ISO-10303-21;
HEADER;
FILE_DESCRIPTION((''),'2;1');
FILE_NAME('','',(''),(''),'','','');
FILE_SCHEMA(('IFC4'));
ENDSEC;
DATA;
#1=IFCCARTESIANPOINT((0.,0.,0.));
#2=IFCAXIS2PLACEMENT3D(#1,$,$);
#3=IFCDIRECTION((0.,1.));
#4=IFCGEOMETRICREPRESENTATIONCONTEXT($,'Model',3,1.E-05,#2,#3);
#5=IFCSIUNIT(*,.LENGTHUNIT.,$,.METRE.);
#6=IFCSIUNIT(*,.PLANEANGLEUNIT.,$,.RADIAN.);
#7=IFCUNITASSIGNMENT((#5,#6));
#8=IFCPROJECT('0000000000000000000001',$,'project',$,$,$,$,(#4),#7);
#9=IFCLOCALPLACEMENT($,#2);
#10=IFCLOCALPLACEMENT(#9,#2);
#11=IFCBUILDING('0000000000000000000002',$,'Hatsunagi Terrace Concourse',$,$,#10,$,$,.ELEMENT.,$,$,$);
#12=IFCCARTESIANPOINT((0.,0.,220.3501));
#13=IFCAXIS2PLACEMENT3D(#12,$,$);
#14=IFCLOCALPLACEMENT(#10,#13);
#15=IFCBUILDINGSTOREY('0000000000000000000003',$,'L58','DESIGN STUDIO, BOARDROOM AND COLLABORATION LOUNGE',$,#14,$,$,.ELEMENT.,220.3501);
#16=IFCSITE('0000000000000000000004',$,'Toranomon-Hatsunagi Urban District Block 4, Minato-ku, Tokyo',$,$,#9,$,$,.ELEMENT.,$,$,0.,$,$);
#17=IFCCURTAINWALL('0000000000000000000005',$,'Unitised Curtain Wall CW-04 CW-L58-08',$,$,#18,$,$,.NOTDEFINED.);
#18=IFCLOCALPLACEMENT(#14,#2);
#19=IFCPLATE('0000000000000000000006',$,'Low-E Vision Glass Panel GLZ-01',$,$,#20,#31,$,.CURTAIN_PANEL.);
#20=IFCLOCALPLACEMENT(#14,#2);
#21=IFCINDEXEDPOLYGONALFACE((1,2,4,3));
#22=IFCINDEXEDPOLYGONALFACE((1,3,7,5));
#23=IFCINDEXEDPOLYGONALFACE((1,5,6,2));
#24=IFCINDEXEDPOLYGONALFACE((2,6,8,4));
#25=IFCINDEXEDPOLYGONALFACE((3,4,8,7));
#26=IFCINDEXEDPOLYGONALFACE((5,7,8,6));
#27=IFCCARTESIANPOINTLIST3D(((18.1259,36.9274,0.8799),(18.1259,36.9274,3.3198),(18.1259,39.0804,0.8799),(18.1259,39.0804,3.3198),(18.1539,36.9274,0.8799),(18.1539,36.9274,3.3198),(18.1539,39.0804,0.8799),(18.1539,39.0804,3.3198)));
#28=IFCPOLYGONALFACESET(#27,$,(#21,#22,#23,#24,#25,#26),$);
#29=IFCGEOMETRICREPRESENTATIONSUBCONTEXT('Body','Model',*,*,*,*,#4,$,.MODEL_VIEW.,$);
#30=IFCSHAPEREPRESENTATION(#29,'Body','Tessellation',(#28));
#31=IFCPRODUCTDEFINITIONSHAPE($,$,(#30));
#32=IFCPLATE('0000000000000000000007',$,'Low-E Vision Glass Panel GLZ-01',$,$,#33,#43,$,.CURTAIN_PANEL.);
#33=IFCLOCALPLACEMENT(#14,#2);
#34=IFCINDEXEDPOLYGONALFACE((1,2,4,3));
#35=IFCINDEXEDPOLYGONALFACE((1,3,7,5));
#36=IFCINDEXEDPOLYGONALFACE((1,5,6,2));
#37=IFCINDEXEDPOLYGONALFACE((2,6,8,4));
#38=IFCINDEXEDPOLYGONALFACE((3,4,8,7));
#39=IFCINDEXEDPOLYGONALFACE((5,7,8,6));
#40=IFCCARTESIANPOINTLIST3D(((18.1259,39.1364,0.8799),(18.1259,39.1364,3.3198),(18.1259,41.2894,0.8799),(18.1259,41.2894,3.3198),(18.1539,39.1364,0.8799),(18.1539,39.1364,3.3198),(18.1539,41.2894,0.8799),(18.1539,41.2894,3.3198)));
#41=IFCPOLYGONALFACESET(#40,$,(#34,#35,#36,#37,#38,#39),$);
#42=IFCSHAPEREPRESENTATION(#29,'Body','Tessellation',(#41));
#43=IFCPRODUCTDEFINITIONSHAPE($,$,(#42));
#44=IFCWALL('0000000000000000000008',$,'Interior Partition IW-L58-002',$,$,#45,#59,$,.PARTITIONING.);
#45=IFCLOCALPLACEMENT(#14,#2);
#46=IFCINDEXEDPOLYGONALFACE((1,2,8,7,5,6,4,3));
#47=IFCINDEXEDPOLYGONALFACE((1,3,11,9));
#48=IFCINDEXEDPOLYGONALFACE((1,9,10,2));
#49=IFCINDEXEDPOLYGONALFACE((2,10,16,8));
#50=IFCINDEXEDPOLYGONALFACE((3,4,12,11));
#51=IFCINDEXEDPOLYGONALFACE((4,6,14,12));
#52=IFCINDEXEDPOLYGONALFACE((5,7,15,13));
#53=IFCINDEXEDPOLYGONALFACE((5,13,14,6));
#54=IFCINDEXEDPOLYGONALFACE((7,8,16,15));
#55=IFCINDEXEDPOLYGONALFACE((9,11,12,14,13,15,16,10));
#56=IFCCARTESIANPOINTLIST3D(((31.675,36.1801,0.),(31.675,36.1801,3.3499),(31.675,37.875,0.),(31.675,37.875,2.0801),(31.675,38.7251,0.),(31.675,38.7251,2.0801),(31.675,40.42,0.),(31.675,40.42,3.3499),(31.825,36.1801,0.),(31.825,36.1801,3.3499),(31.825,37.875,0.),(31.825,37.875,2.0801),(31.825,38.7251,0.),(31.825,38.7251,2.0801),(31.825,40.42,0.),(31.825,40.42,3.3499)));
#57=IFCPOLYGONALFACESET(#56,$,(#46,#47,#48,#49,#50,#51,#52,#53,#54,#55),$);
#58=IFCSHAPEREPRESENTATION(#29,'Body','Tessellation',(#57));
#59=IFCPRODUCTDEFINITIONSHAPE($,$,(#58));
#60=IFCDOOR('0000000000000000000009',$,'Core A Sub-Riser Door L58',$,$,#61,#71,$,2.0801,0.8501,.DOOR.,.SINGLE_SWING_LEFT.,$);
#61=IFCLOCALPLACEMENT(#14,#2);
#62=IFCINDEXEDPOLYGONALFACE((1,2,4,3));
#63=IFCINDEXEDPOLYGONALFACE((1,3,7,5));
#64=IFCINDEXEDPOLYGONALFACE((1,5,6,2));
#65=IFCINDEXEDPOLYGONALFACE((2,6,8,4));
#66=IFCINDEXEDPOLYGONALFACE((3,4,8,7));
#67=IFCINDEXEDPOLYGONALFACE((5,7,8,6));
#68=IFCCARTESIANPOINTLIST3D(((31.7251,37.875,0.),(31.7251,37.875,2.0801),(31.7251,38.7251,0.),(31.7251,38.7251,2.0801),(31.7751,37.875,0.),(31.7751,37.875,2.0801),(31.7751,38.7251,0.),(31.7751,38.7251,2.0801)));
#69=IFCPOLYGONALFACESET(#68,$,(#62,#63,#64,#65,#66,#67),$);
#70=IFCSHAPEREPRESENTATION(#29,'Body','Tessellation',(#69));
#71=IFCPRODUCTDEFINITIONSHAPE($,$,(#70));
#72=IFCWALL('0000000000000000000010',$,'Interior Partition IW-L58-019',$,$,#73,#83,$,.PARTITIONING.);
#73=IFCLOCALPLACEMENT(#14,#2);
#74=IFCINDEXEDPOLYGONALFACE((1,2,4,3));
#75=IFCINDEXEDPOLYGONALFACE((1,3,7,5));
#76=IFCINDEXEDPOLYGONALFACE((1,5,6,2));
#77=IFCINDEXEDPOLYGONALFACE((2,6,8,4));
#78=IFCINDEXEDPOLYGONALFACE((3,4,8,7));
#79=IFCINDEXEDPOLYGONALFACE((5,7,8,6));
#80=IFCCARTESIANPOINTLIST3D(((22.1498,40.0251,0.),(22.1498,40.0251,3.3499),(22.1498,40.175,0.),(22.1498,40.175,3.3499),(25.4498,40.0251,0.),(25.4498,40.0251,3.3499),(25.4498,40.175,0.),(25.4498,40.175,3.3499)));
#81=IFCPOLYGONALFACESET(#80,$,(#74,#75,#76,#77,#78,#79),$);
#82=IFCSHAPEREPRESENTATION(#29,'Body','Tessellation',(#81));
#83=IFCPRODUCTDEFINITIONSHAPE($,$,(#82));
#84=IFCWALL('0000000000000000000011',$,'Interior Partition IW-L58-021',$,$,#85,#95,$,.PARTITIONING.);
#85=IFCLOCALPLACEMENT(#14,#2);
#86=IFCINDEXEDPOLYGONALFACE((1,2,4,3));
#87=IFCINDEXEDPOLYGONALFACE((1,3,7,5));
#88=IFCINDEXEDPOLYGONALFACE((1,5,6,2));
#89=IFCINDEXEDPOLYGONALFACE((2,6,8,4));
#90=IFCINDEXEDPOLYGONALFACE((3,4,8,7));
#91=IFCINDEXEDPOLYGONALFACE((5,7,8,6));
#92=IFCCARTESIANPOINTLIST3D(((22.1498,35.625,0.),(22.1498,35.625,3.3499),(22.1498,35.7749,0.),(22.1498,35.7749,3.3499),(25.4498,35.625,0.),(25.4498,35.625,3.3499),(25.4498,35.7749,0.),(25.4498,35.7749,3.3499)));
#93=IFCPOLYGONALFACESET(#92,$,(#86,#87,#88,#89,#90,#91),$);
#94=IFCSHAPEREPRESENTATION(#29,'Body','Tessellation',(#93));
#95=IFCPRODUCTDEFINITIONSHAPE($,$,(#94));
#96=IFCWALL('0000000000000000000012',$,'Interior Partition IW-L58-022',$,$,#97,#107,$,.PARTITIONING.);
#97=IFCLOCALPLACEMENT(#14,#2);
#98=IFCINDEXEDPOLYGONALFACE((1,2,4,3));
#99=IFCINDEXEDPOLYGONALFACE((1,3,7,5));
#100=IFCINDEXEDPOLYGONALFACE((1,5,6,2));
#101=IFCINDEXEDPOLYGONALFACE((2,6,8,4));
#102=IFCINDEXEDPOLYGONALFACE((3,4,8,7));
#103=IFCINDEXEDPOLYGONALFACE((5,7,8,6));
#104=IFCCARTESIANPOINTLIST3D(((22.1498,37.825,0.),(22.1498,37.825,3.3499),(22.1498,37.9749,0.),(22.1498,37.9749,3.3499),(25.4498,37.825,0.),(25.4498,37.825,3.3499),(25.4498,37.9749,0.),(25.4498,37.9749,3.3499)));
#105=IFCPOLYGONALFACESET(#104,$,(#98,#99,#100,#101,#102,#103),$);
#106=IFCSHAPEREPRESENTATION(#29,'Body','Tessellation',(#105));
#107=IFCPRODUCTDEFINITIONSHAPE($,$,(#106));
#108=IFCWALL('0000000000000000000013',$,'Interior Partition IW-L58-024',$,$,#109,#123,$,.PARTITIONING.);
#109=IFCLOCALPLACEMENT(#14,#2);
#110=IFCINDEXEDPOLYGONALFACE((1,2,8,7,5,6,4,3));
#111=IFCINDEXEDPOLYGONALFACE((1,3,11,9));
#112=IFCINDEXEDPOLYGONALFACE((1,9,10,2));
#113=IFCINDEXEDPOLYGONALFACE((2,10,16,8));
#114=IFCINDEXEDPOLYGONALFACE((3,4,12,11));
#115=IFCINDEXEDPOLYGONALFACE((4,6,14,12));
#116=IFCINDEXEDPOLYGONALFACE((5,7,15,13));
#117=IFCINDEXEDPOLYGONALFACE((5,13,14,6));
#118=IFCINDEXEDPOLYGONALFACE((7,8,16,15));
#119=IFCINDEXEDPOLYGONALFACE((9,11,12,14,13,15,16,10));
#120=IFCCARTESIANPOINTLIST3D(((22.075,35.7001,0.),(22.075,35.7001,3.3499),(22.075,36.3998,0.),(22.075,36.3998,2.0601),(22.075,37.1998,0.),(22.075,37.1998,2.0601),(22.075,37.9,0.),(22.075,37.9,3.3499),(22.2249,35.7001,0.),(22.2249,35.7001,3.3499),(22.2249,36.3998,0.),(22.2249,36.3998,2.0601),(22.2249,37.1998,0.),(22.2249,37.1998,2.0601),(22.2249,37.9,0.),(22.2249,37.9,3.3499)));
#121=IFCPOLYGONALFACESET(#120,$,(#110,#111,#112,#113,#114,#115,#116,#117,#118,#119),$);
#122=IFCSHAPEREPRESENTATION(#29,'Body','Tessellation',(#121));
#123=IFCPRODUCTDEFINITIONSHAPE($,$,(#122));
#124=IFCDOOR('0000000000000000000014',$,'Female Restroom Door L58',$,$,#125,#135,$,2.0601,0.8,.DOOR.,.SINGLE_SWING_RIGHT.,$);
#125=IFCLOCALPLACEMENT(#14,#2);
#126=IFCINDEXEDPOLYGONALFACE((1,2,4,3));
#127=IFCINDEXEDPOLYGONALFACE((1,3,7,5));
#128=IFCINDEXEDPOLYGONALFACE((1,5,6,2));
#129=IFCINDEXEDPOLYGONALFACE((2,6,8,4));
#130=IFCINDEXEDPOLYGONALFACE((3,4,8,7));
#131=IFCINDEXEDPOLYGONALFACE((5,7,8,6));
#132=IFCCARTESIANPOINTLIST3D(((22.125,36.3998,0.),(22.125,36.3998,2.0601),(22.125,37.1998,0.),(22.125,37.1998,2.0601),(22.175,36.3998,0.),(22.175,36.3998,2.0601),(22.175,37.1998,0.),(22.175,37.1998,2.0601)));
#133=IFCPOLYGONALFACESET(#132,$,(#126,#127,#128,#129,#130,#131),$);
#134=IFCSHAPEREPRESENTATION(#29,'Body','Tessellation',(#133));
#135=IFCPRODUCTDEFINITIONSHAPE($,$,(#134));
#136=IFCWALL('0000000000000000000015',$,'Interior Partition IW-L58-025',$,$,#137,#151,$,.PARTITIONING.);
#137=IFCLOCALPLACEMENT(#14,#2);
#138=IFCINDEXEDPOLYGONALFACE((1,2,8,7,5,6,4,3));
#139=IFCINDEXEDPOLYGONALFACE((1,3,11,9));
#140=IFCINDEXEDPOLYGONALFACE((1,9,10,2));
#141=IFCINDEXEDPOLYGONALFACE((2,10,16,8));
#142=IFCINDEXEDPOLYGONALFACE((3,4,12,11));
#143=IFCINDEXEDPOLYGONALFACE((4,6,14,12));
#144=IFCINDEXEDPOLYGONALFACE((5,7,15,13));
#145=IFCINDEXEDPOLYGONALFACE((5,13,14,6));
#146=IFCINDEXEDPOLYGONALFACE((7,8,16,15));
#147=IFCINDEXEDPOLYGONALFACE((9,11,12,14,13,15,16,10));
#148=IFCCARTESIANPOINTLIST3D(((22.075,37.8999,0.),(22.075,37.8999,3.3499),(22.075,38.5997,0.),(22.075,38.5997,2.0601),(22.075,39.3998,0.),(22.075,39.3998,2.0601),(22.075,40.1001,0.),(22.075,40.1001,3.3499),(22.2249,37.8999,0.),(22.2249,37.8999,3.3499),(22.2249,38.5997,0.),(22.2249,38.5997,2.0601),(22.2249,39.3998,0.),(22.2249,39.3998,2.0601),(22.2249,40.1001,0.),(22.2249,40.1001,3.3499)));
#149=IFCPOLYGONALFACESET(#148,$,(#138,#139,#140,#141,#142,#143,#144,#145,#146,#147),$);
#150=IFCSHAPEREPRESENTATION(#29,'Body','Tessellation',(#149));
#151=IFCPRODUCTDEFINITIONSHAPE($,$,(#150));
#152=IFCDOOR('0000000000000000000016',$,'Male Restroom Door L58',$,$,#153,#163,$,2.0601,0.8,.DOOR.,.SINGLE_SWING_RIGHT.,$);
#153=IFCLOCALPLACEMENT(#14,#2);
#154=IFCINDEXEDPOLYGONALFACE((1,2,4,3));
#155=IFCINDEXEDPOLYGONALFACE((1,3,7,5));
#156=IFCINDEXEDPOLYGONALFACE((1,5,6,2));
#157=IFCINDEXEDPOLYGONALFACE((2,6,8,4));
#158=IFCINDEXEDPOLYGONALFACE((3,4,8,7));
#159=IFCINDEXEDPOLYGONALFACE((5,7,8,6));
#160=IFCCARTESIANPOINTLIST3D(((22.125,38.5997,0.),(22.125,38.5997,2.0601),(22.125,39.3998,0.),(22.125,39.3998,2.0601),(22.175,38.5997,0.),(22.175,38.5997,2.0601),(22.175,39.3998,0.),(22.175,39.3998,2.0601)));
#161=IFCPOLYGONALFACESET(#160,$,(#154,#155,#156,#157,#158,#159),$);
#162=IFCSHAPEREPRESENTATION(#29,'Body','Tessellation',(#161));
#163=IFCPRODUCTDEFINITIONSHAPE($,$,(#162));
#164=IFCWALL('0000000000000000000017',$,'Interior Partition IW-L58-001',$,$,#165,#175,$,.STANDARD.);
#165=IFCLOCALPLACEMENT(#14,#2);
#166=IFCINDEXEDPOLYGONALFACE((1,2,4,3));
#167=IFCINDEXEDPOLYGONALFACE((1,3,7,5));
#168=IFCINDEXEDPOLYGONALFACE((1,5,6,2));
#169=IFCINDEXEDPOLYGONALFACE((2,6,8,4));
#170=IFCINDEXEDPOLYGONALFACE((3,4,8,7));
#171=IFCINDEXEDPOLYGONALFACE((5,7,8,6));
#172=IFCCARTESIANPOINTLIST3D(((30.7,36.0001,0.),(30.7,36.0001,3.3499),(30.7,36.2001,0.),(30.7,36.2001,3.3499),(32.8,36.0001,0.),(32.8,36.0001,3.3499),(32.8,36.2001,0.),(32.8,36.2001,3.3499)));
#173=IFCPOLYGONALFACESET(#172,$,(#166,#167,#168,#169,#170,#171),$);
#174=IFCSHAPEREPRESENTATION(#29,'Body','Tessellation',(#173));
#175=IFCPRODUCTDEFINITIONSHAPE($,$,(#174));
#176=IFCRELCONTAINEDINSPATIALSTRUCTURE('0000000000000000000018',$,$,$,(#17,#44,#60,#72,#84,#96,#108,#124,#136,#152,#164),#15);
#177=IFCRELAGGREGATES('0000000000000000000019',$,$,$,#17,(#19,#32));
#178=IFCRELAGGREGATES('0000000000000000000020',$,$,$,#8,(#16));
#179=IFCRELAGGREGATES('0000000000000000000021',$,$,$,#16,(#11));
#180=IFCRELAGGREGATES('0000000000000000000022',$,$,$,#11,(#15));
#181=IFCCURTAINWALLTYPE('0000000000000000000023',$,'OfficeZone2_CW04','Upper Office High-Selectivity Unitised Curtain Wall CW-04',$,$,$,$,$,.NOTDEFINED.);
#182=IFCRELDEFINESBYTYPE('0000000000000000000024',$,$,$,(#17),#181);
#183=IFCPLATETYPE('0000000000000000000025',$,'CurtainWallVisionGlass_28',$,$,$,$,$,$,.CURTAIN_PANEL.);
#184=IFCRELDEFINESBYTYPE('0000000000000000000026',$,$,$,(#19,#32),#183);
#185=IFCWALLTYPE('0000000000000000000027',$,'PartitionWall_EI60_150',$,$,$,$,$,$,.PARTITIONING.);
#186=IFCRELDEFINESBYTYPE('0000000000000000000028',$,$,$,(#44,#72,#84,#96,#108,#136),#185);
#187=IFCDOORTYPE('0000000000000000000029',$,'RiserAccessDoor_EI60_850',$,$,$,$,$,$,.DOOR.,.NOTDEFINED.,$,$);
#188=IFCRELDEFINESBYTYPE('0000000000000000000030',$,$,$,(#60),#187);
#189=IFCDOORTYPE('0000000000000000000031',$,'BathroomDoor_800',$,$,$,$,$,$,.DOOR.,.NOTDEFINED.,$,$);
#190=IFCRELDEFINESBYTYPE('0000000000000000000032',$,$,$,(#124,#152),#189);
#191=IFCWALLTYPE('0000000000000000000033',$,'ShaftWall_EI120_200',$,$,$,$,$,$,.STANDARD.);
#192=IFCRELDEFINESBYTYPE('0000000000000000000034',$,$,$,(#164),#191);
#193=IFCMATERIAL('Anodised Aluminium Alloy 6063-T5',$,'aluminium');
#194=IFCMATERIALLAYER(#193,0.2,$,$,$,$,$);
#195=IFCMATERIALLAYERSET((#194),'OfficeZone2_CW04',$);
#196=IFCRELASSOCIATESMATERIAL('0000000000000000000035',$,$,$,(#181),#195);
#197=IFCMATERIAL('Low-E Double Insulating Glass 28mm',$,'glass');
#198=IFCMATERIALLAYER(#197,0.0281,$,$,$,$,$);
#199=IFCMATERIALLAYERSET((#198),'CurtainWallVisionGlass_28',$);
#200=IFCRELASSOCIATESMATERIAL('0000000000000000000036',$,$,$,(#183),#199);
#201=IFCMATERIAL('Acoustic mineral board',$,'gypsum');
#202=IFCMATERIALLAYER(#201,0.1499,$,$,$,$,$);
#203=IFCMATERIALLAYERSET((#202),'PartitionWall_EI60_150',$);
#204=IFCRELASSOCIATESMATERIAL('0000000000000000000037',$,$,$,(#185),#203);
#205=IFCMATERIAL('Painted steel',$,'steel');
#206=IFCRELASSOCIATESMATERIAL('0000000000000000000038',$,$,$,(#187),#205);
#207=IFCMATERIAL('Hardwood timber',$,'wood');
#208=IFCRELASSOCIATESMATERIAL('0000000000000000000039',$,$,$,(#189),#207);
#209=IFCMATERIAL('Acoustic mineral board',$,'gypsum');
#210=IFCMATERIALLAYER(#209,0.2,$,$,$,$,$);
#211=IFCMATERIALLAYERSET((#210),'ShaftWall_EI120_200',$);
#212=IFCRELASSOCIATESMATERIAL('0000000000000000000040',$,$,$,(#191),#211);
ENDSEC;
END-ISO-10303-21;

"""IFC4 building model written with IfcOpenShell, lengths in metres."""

from ifc_helpers import new_model, si_unit, direction, frame, frame_2d, origin, origin_2d, place, context, subcontext, project, spatial, rectangle, extrude, material, layer, layer_set, type_object, element, fill, aggregate, save


model = new_model("IFC4")

# Units and contexts
model_context = context("Model", 3, precision=1e-05, world=origin(), true_north=direction((0.0, 1.0)))
body_context = subcontext(model_context, "Body", "Model", "MODEL_VIEW")
ifc_project = project(units=[si_unit("LENGTHUNIT", "METRE"), si_unit("PLANEANGLEUNIT", "RADIAN")], contexts=[model_context])

# Site, building, storey
site_placement = place(None, origin())
site = spatial("IfcSite", under=ifc_project, at=site_placement, Name="Toranomon-Hatsunagi Urban District Block 4, Minato-ku, Tokyo", CompositionType="ELEMENT", RefElevation=0.0)
building_placement = place(site_placement, origin())
building = spatial("IfcBuilding", under=site, at=building_placement, Name="Hatsunagi Terrace Concourse", CompositionType="ELEMENT")
storey_placement = place(building_placement, frame((0.0, 0.0, 220.3501)))
storey = spatial("IfcBuildingStorey", under=building, at=storey_placement, Name="L58", Description="DESIGN STUDIO, BOARDROOM AND COLLABORATION LOUNGE", CompositionType="ELEMENT", Elevation=220.3501)

# Curtain wall
ifc_material_1 = material(Name="Anodised Aluminium Alloy 6063-T5", Category="aluminium")
ifc_layer_1 = layer(ifc_material_1, 0.2)
ifc_layer_set_1 = layer_set([ifc_layer_1], Name="OfficeZone2_CW04")
curtain_wall_type = type_object("IfcCurtainWallType", Name="OfficeZone2_CW04", Description="Upper Office High-Selectivity Unitised Curtain Wall CW-04", PredefinedType="NOTDEFINED", material=ifc_layer_set_1)
curtain_wall_placement = place(storey_placement, origin())
curtain_wall = element("IfcCurtainWall", 1, at=curtain_wall_placement, inside=storey, type_object=curtain_wall_type, Name="Unitised Curtain Wall CW-04 CW-L58-08", PredefinedType="NOTDEFINED")

# Plates
ifc_material_2 = material(Name="Low-E Double Insulating Glass 28mm", Category="glass")
ifc_layer_2 = layer(ifc_material_2, 0.0281)
ifc_layer_set_2 = layer_set([ifc_layer_2], Name="CurtainWallVisionGlass_28")
plate_type_1 = type_object("IfcPlateType", Name="CurtainWallVisionGlass_28", PredefinedType="CURTAIN_PANEL", material=ifc_layer_set_2)
plate_1_placement = place(storey_placement, frame((18.1399, 38.0039, 0.8799), z_axis=(0.0, 0.0, 1.0), x_axis=(0.0, 1.0, 0.0)))
plate_1 = element("IfcPlate", 2, at=plate_1_placement, type_object=plate_type_1, Name="Low-E Vision Glass Panel GLZ-01", PredefinedType="CURTAIN_PANEL", context=body_context, shape_type="SweptSolid", body=[
    extrude(rectangle(XDim=2.1531, YDim=0.0281, at=origin_2d()), origin(), (0.0, 0.0, 1.0), 2.4399),
])
plate_2_placement = place(storey_placement, frame((18.1399, 40.2129, 0.8799), z_axis=(0.0, 0.0, 1.0), x_axis=(0.0, 1.0, 0.0)))
plate_2 = element("IfcPlate", 3, at=plate_2_placement, type_object=plate_type_1, Name="Low-E Vision Glass Panel GLZ-01", PredefinedType="CURTAIN_PANEL", context=body_context, shape_type="SweptSolid", body=[
    extrude(rectangle(XDim=2.1531, YDim=0.0281, at=origin_2d()), origin(), (0.0, 0.0, 1.0), 2.4399),
])
aggregate(curtain_wall, [plate_1, plate_2])

# Wall, opening, door
ifc_material_3 = material(Name="Acoustic mineral board", Category="gypsum")
ifc_layer_3 = layer(ifc_material_3, 0.1499)
ifc_layer_set_3 = layer_set([ifc_layer_3], Name="PartitionWall_EI60_150")
wall_type_1 = type_object("IfcWallType", Name="PartitionWall_EI60_150", PredefinedType="PARTITIONING", material=ifc_layer_set_3)
wall_1_placement = place(storey_placement, frame((31.75, 36.1799, 0.0), z_axis=(0.0, 0.0, 1.0), x_axis=(0.0, 1.0, 0.0)))
wall_1 = element("IfcWall", 4, at=wall_1_placement, inside=storey, type_object=wall_type_1, Name="Interior Partition IW-L58-002", PredefinedType="PARTITIONING", context=body_context, shape_type="SweptSolid", body=[
    extrude(rectangle(XDim=4.24, YDim=0.1499, at=frame_2d((2.1201, 0.0))), origin(), (0.0, 0.0, 1.0), 3.3499),
])
opening_1_placement = place(wall_1_placement, frame((1.6951, 0.0, 0.0)))
opening_1 = element("IfcOpeningElement", 5, at=opening_1_placement, cuts=wall_1, PredefinedType="OPENING", context=body_context, shape_type="SweptSolid", body=[
    extrude(rectangle(XDim=0.8501, YDim=2.0801, at=frame_2d((0.425, 1.04))), frame((0.0, 0.085, 0.0), z_axis=(0.0, -1.0, 0.0), x_axis=(1.0, 0.0, 0.0)), (0.0, 0.0, 1.0), 0.1699),
])
ifc_material_4 = material(Name="Painted steel", Category="steel")
door_type_1 = type_object("IfcDoorType", Name="RiserAccessDoor_EI60_850", OperationType="NOTDEFINED", PredefinedType="DOOR", material=ifc_material_4)
door_1_placement = place(opening_1_placement, origin())
door_1 = element("IfcDoor", 6, at=door_1_placement, inside=storey, type_object=door_type_1, Name="Core A Sub-Riser Door L58", OperationType="SINGLE_SWING_LEFT", OverallHeight=2.0801, OverallWidth=0.8501, PredefinedType="DOOR", context=body_context, shape_type="SweptSolid", body=[
    extrude(rectangle(XDim=0.8501, YDim=2.0801, at=frame_2d((0.425, 1.04))), frame((0.0, 0.0249, 0.0), z_axis=(0.0, -1.0, 0.0), x_axis=(1.0, 0.0, 0.0)), (0.0, 0.0, 1.0), 0.05),
])
fill(opening_1, door_1)

# Walls
for number, where, z_axis, x_axis, name in (
    (7, (22.1499, 40.1001, 0.0), (0.0, 0.0, 1.0), (1.0, 0.0, 0.0), "Interior Partition IW-L58-019"),
    (8, (22.1499, 35.7, 0.0), (0.0, 0.0, 1.0), (1.0, 0.0, 0.0), "Interior Partition IW-L58-021"),
    (9, (22.1499, 37.8999, 0.0), (0.0, 0.0, 1.0), (1.0, 0.0, 0.0), "Interior Partition IW-L58-022"),
):
    element("IfcWall", number, at=place(storey_placement, frame(where, z_axis=z_axis, x_axis=x_axis)), inside=storey, type_object=wall_type_1, Name=name, PredefinedType="PARTITIONING", context=body_context, shape_type="SweptSolid", body=[
        extrude(rectangle(XDim=3.3, YDim=0.1499, at=frame_2d((1.6499, 0.0))), origin(), (0.0, 0.0, 1.0), 3.3499),
    ])

# Walls, openings, doors
wall_2_placement = place(storey_placement, frame((22.1499, 35.7, 0.0), z_axis=(0.0, 0.0, 1.0), x_axis=(0.0, 1.0, 0.0)))
wall_2 = element("IfcWall", 10, at=wall_2_placement, inside=storey, type_object=wall_type_1, Name="Interior Partition IW-L58-024", PredefinedType="PARTITIONING", context=body_context, shape_type="SweptSolid", body=[
    extrude(rectangle(XDim=2.2, YDim=0.1499, at=frame_2d((1.1001, 0.0))), origin(), (0.0, 0.0, 1.0), 3.3499),
])
opening_2_placement = place(wall_2_placement, frame((0.7, 0.0, 0.0)))
opening_2 = element("IfcOpeningElement", 11, at=opening_2_placement, cuts=wall_2, PredefinedType="OPENING", context=body_context, shape_type="SweptSolid", body=[
    extrude(rectangle(XDim=0.8, YDim=2.0601, at=frame_2d((0.3999, 1.03))), frame((0.0, 0.085, 0.0), z_axis=(0.0, -1.0, 0.0), x_axis=(1.0, 0.0, 0.0)), (0.0, 0.0, 1.0), 0.1699),
])
ifc_material_5 = material(Name="Hardwood timber", Category="wood")
door_type_2 = type_object("IfcDoorType", Name="BathroomDoor_800", OperationType="NOTDEFINED", PredefinedType="DOOR", material=ifc_material_5)
door_2_placement = place(opening_2_placement, origin())
door_2 = element("IfcDoor", 12, at=door_2_placement, inside=storey, type_object=door_type_2, Name="Female Restroom Door L58", OperationType="SINGLE_SWING_RIGHT", OverallHeight=2.0601, OverallWidth=0.8, PredefinedType="DOOR", context=body_context, shape_type="SweptSolid", body=[
    extrude(rectangle(XDim=0.8, YDim=2.0601, at=frame_2d((0.3999, 1.03))), frame((0.0, 0.0249, 0.0), z_axis=(0.0, -1.0, 0.0), x_axis=(1.0, 0.0, 0.0)), (0.0, 0.0, 1.0), 0.05),
])
fill(opening_2, door_2)
wall_3_placement = place(storey_placement, frame((22.1499, 37.8999, 0.0), z_axis=(0.0, 0.0, 1.0), x_axis=(0.0, 1.0, 0.0)))
wall_3 = element("IfcWall", 13, at=wall_3_placement, inside=storey, type_object=wall_type_1, Name="Interior Partition IW-L58-025", PredefinedType="PARTITIONING", context=body_context, shape_type="SweptSolid", body=[
    extrude(rectangle(XDim=2.2002, YDim=0.1499, at=frame_2d((1.1001, 0.0))), origin(), (0.0, 0.0, 1.0), 3.3499),
])
opening_3_placement = place(wall_3_placement, frame((0.7, 0.0, 0.0)))
opening_3 = element("IfcOpeningElement", 14, at=opening_3_placement, cuts=wall_3, PredefinedType="OPENING", context=body_context, shape_type="SweptSolid", body=[
    extrude(rectangle(XDim=0.8, YDim=2.0601, at=frame_2d((0.3999, 1.03))), frame((0.0, 0.085, 0.0), z_axis=(0.0, -1.0, 0.0), x_axis=(1.0, 0.0, 0.0)), (0.0, 0.0, 1.0), 0.1699),
])
door_3_placement = place(opening_3_placement, origin())
door_3 = element("IfcDoor", 15, at=door_3_placement, inside=storey, type_object=door_type_2, Name="Male Restroom Door L58", OperationType="SINGLE_SWING_RIGHT", OverallHeight=2.0601, OverallWidth=0.8, PredefinedType="DOOR", context=body_context, shape_type="SweptSolid", body=[
    extrude(rectangle(XDim=0.8, YDim=2.0601, at=frame_2d((0.3999, 1.03))), frame((0.0, 0.0249, 0.0), z_axis=(0.0, -1.0, 0.0), x_axis=(1.0, 0.0, 0.0)), (0.0, 0.0, 1.0), 0.05),
])
fill(opening_3, door_3)

# Wall
ifc_material_6 = material(Name="Acoustic mineral board", Category="gypsum")
ifc_layer_4 = layer(ifc_material_6, 0.2)
ifc_layer_set_4 = layer_set([ifc_layer_4], Name="ShaftWall_EI120_200")
wall_type_2 = type_object("IfcWallType", Name="ShaftWall_EI120_200", PredefinedType="STANDARD", material=ifc_layer_set_4)
wall_4_placement = place(storey_placement, frame((30.7, 36.1001, 0.0), z_axis=(0.0, 0.0, 1.0), x_axis=(1.0, 0.0, 0.0)))
element("IfcWall", 16, at=wall_4_placement, inside=storey, type_object=wall_type_2, Name="Interior Partition IW-L58-001", PredefinedType="STANDARD", context=body_context, shape_type="SweptSolid", body=[
    extrude(rectangle(XDim=2.1001, YDim=0.2, at=frame_2d((1.05, 0.0))), origin(), (0.0, 0.0, 1.0), 3.3499),
])

save(model, "model.ifc")
